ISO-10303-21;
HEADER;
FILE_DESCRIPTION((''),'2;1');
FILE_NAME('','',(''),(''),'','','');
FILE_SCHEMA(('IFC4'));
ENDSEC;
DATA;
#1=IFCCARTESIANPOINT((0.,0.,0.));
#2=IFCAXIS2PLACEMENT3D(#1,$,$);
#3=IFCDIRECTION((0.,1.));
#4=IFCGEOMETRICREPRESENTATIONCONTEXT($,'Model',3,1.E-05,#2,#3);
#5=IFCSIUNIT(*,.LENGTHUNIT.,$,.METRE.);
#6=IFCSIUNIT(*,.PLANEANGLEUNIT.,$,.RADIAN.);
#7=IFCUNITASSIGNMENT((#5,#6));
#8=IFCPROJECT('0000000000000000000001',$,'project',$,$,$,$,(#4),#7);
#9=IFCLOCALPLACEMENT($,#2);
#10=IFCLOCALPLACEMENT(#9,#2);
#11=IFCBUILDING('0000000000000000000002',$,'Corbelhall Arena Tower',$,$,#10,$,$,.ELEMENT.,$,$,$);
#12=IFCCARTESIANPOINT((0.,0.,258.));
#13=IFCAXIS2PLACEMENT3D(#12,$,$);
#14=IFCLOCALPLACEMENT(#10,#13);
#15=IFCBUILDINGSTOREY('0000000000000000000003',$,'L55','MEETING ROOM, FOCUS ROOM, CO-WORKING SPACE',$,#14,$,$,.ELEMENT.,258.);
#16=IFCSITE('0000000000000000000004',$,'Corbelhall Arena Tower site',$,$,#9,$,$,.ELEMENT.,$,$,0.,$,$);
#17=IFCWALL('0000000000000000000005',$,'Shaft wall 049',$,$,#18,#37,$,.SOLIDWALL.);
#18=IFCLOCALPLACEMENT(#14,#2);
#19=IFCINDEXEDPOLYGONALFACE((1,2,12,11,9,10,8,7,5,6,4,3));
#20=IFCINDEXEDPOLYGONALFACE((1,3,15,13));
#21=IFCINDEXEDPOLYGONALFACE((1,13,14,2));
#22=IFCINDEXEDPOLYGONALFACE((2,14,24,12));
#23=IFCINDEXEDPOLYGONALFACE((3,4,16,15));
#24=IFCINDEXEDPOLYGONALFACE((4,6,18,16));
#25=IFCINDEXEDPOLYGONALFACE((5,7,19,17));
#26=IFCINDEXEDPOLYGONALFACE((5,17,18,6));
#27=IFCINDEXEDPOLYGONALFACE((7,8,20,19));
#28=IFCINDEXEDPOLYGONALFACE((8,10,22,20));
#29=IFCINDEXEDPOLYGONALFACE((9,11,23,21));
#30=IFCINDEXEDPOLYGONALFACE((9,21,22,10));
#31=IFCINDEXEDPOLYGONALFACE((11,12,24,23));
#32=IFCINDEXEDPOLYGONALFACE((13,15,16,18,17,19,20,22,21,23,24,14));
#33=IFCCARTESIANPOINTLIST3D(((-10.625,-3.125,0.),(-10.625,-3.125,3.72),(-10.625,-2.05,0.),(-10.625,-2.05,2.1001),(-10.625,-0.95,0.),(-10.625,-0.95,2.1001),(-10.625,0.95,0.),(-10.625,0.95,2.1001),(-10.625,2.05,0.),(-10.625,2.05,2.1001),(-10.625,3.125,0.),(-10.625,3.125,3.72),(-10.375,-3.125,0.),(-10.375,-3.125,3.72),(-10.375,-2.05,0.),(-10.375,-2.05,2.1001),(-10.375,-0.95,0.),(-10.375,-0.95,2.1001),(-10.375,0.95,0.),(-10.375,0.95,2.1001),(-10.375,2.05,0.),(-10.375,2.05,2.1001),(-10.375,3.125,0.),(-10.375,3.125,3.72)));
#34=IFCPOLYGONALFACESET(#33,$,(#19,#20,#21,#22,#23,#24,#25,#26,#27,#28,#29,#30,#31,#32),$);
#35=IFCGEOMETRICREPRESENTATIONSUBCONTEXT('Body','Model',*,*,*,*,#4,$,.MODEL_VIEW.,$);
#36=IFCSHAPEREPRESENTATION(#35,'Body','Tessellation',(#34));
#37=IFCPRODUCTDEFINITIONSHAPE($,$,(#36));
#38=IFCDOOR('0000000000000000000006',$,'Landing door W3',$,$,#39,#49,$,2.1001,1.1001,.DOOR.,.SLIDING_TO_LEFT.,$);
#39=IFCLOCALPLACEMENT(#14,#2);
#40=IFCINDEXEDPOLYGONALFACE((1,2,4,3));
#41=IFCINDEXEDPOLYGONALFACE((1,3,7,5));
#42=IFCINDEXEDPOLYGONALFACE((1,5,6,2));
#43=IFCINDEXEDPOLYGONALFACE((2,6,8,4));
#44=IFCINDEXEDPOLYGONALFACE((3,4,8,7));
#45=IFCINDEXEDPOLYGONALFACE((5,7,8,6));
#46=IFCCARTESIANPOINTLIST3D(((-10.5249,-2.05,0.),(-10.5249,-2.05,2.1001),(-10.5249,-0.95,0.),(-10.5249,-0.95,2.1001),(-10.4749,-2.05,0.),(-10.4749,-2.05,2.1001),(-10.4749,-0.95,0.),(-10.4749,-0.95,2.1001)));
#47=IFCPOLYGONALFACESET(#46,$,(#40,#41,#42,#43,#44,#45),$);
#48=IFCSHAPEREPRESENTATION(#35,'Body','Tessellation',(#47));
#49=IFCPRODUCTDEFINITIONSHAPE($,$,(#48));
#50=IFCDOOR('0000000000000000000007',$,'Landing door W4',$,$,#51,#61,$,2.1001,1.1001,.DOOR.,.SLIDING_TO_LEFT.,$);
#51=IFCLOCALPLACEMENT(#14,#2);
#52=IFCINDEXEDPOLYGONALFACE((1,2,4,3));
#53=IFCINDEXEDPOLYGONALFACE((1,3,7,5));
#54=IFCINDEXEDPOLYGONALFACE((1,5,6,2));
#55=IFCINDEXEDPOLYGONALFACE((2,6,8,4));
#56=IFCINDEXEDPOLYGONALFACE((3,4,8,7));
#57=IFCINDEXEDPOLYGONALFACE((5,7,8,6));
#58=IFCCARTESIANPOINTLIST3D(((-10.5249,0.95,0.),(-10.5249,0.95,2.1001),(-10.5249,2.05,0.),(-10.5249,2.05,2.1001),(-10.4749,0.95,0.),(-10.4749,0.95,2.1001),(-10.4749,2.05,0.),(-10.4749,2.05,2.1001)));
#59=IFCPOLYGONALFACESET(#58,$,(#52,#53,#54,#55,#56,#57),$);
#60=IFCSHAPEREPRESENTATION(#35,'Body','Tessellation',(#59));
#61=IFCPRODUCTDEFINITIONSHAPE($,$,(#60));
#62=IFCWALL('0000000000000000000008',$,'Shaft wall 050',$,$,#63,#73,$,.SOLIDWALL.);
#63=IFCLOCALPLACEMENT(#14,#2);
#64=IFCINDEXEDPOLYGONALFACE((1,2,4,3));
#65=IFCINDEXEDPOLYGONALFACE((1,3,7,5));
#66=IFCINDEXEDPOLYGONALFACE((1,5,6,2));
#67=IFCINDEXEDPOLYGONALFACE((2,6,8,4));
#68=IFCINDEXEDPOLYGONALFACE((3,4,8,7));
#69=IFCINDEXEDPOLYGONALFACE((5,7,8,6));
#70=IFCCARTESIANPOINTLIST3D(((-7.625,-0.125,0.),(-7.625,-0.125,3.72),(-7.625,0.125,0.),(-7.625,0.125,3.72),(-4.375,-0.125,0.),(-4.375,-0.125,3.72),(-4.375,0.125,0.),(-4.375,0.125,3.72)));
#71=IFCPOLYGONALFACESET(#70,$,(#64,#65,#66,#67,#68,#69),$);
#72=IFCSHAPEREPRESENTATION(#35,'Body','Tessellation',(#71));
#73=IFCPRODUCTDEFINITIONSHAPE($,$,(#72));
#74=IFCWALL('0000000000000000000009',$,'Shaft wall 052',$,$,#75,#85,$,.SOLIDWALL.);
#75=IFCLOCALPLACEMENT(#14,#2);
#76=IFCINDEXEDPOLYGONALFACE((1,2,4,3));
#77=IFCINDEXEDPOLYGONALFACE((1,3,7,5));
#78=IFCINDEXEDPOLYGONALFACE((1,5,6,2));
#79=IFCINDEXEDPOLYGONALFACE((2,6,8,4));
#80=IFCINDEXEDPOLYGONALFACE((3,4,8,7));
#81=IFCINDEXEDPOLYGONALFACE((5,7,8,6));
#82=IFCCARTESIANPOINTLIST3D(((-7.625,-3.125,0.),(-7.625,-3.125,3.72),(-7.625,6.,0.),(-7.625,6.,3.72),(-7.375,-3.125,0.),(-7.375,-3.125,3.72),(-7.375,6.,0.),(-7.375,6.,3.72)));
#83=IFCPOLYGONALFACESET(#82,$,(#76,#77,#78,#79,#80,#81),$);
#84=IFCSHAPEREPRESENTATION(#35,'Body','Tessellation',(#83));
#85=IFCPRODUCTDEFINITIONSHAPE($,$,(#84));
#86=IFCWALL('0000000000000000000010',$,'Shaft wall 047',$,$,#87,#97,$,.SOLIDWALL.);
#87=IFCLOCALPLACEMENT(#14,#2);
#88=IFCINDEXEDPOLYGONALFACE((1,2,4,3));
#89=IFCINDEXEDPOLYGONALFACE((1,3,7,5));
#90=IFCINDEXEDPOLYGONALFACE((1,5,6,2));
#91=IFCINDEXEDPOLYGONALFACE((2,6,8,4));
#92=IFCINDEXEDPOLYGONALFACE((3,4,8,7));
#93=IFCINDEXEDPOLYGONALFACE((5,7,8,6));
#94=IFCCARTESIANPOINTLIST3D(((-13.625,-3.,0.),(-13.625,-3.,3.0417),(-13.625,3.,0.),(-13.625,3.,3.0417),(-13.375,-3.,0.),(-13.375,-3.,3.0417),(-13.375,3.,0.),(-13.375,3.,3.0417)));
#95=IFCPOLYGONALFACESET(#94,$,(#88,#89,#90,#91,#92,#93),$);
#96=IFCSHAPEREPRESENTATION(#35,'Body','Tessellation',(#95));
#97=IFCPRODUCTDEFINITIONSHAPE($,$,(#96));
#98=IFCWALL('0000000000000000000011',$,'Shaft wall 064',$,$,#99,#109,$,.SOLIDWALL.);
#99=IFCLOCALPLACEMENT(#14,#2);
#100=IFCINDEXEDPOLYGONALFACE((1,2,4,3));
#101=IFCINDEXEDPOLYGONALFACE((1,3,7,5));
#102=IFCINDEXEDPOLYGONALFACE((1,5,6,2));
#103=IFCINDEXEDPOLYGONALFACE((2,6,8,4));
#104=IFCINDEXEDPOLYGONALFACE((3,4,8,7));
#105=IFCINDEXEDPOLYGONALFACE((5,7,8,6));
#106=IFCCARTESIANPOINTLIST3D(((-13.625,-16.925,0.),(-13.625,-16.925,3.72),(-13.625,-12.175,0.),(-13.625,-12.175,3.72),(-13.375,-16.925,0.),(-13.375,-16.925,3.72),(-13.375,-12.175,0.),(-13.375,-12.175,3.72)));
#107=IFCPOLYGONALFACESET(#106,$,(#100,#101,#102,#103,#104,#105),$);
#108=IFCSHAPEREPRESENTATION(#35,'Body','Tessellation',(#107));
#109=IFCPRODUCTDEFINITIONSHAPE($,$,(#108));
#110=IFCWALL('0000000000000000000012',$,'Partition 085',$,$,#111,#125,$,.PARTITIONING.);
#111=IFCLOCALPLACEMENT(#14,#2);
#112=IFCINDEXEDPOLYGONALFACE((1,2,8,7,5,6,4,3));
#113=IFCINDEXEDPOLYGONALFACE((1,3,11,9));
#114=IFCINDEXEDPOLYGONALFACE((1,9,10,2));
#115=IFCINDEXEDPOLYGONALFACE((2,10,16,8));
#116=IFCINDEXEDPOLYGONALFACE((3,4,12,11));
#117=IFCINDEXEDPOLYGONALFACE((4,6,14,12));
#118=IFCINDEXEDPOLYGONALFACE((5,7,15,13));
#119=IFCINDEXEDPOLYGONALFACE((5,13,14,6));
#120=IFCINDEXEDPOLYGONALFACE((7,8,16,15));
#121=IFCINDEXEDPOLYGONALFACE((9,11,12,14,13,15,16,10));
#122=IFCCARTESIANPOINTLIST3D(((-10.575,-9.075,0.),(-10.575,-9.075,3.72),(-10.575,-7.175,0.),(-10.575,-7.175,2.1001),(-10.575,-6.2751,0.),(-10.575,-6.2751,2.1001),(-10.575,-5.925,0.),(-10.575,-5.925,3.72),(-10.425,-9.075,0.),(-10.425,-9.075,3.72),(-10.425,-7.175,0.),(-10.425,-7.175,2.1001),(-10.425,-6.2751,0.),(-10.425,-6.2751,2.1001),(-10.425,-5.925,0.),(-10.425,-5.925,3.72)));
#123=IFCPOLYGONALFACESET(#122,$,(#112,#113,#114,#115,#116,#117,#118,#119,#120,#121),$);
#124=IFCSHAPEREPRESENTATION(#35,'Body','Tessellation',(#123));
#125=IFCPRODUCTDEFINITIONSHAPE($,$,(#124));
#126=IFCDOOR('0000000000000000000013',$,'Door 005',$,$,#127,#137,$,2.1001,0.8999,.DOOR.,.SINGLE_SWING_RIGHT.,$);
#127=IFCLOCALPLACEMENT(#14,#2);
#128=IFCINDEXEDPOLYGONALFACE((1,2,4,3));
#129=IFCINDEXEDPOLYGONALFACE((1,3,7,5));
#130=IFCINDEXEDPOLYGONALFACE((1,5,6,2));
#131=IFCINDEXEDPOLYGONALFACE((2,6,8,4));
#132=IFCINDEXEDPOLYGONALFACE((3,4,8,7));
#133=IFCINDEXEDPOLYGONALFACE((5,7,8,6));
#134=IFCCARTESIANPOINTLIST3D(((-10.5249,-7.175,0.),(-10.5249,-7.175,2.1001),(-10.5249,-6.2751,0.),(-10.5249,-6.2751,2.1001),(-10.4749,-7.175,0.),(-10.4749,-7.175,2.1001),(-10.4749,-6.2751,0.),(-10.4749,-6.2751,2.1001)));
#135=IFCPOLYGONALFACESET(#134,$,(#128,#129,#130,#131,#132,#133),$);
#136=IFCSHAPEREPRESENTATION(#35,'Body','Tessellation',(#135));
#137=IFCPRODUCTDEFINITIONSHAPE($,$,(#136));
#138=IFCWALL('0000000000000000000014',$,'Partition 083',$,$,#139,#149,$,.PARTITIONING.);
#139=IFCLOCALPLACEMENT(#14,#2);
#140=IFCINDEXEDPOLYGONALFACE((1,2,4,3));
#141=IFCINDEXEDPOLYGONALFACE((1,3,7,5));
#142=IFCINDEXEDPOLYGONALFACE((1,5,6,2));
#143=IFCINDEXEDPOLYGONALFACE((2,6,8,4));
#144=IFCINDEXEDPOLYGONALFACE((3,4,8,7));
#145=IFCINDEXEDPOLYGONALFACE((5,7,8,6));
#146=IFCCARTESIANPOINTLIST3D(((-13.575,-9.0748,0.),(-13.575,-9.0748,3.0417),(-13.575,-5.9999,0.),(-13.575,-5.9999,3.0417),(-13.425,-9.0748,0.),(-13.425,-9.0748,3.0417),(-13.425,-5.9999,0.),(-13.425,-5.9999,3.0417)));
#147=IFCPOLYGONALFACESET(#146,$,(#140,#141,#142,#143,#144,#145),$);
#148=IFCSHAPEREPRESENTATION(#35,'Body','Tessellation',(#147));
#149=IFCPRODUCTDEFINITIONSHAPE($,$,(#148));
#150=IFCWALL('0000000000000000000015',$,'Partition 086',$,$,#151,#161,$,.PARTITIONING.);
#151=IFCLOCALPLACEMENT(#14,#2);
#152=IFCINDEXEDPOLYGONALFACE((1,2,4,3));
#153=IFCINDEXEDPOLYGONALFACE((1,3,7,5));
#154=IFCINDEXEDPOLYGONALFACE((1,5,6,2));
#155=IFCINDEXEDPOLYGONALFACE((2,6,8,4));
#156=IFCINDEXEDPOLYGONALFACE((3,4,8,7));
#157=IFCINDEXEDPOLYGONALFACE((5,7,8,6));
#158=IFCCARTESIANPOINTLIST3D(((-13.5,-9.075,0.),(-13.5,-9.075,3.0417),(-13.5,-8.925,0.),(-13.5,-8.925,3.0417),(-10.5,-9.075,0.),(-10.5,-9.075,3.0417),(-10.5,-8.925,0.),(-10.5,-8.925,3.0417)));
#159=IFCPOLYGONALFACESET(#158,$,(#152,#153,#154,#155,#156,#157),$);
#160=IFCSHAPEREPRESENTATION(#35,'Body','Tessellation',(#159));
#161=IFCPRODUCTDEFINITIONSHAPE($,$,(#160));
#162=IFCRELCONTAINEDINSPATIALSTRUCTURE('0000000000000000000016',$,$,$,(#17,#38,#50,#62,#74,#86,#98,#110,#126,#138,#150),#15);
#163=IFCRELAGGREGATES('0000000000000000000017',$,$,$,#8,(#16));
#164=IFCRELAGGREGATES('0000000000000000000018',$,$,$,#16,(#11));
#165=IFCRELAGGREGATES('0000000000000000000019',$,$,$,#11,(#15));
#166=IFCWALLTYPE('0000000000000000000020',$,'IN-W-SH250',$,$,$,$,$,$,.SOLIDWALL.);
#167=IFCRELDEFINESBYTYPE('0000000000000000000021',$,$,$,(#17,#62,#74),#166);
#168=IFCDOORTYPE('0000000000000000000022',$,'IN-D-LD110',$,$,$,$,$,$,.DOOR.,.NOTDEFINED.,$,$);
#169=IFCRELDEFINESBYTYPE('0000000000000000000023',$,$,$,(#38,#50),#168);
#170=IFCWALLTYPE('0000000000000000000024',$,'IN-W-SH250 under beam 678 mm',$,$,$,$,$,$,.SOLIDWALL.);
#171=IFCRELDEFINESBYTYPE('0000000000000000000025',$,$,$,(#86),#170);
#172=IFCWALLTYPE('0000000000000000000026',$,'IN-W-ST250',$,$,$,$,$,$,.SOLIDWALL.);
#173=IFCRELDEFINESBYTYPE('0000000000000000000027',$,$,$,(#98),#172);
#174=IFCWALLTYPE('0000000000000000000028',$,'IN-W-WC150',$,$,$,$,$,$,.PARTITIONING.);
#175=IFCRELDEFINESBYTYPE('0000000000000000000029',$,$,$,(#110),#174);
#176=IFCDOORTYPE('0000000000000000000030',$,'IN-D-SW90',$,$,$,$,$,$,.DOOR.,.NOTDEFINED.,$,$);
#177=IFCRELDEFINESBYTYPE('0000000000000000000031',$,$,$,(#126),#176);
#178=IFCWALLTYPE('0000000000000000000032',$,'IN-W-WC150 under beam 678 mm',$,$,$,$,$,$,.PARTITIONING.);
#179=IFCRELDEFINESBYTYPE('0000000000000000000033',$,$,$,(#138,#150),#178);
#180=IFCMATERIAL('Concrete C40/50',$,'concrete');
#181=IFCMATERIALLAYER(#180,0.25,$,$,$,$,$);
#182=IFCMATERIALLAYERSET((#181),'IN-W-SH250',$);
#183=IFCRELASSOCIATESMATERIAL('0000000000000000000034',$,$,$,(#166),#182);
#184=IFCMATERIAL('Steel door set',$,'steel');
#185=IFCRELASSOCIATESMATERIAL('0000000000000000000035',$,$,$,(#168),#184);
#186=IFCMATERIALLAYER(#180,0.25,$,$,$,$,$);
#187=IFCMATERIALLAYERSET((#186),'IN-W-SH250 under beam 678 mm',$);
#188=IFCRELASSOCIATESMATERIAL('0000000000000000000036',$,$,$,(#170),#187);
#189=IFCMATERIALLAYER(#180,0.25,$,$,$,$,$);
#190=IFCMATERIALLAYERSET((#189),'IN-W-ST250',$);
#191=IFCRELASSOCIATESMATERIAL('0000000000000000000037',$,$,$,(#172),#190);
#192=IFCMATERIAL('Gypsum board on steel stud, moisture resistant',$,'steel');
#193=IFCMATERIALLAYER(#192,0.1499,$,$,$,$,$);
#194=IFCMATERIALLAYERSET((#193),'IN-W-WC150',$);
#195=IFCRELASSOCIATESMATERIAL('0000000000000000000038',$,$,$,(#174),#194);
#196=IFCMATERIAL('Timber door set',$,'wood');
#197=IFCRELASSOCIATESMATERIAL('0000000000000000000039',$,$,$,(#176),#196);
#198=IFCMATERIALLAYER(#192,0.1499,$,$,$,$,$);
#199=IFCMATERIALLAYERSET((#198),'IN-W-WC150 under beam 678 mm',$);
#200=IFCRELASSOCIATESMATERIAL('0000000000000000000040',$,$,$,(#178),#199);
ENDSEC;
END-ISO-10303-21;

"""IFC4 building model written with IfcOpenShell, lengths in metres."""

from ifc_helpers import new_model, si_unit, direction, frame, frame_2d, origin, place, context, subcontext, project, spatial, rectangle, extrude, material, layer, layer_set, type_object, element, fill, save


model = new_model("IFC4")

# Units and contexts
model_context = context("Model", 3, precision=1e-05, world=origin(), true_north=direction((0.0, 1.0)))
body_context = subcontext(model_context, "Body", "Model", "MODEL_VIEW")
ifc_project = project(units=[si_unit("LENGTHUNIT", "METRE"), si_unit("PLANEANGLEUNIT", "RADIAN")], contexts=[model_context])

# Site, building, storey
site_placement = place(None, origin())
site = spatial("IfcSite", under=ifc_project, at=site_placement, Name="Corbelhall Arena Tower site", CompositionType="ELEMENT", RefElevation=0.0)
building_placement = place(site_placement, origin())
building = spatial("IfcBuilding", under=site, at=building_placement, Name="Corbelhall Arena Tower", CompositionType="ELEMENT")
storey_placement = place(building_placement, frame((0.0, 0.0, 258.0)))
storey = spatial("IfcBuildingStorey", under=building, at=storey_placement, Name="L55", Description="MEETING ROOM, FOCUS ROOM, CO-WORKING SPACE", CompositionType="ELEMENT", Elevation=258.0)

# Shared definitions
ifc_material_1 = material(Name="Steel door set", Category="steel")

# Wall, openings, doors
ifc_material_2 = material(Name="Concrete C40/50", Category="concrete")
ifc_layer_1 = layer(ifc_material_2, 0.25)
ifc_layer_set_1 = layer_set([ifc_layer_1], Name="IN-W-SH250")
wall_type_1 = type_object("IfcWallType", Name="IN-W-SH250", PredefinedType="SOLIDWALL", material=ifc_layer_set_1)
wall_1_placement = place(storey_placement, frame((-10.5, -3.125, 0.0), z_axis=(0.0, 0.0, 1.0), x_axis=(0.0, 1.0, 0.0)))
wall_1 = element("IfcWall", 1, at=wall_1_placement, inside=storey, type_object=wall_type_1, Name="Shaft wall 049", PredefinedType="SOLIDWALL", context=body_context, shape_type="SweptSolid", body=[
    extrude(rectangle(XDim=6.25, YDim=0.25, at=frame_2d((3.125, 0.0))), origin(), (0.0, 0.0, 1.0), 3.72),
])
opening_1_placement = place(wall_1_placement, frame((1.075, 0.0, 0.0)))
opening_1 = element("IfcOpeningElement", 2, at=opening_1_placement, cuts=wall_1, PredefinedType="OPENING", context=body_context, shape_type="SweptSolid", body=[
    extrude(rectangle(XDim=1.1001, YDim=2.1001, at=frame_2d((0.55, 1.05))), frame((0.0, 0.125, 0.0), z_axis=(0.0, -1.0, 0.0), x_axis=(1.0, 0.0, 0.0)), (0.0, 0.0, 1.0), 0.25),
])
opening_2_placement = place(wall_1_placement, frame((4.075, 0.0, 0.0)))
opening_2 = element("IfcOpeningElement", 3, at=opening_2_placement, cuts=wall_1, PredefinedType="OPENING", context=body_context, shape_type="SweptSolid", body=[
    extrude(rectangle(XDim=1.1001, YDim=2.1001, at=frame_2d((0.55, 1.05))), frame((0.0, 0.125, 0.0), z_axis=(0.0, -1.0, 0.0), x_axis=(1.0, 0.0, 0.0)), (0.0, 0.0, 1.0), 0.25),
])
door_type_1 = type_object("IfcDoorType", Name="IN-D-LD110", OperationType="NOTDEFINED", PredefinedType="DOOR", material=ifc_material_1)
door_1_placement = place(opening_1_placement, origin())
door_1 = element("IfcDoor", 4, at=door_1_placement, inside=storey, type_object=door_type_1, Name="Landing door W3", OperationType="SLIDING_TO_LEFT", OverallHeight=2.1001, OverallWidth=1.1001, PredefinedType="DOOR", context=body_context, shape_type="SweptSolid", body=[
    extrude(rectangle(XDim=1.1001, YDim=2.1001, at=frame_2d((0.55, 1.05))), frame((0.0, 0.0249, 0.0), z_axis=(0.0, -1.0, 0.0), x_axis=(1.0, 0.0, 0.0)), (0.0, 0.0, 1.0), 0.05),
])
fill(opening_1, door_1)
door_2_placement = place(opening_2_placement, origin())
door_2 = element("IfcDoor", 5, at=door_2_placement, inside=storey, type_object=door_type_1, Name="Landing door W4", OperationType="SLIDING_TO_LEFT", OverallHeight=2.1001, OverallWidth=1.1001, PredefinedType="DOOR", context=body_context, shape_type="SweptSolid", body=[
    extrude(rectangle(XDim=1.1001, YDim=2.1001, at=frame_2d((0.55, 1.05))), frame((0.0, 0.0249, 0.0), z_axis=(0.0, -1.0, 0.0), x_axis=(1.0, 0.0, 0.0)), (0.0, 0.0, 1.0), 0.05),
])
fill(opening_2, door_2)

# Walls
wall_2_placement = place(storey_placement, frame((-7.625, 0.0, 0.0), z_axis=(0.0, 0.0, 1.0), x_axis=(1.0, 0.0, 0.0)))
element("IfcWall", 6, at=wall_2_placement, inside=storey, type_object=wall_type_1, Name="Shaft wall 050", PredefinedType="SOLIDWALL", context=body_context, shape_type="SweptSolid", body=[
    extrude(rectangle(XDim=3.25, YDim=0.25, at=frame_2d((1.625, 0.0))), origin(), (0.0, 0.0, 1.0), 3.72),
])
wall_3_placement = place(storey_placement, frame((-7.5, -3.125, 0.0), z_axis=(0.0, 0.0, 1.0), x_axis=(0.0, 1.0, 0.0)))
element("IfcWall", 7, at=wall_3_placement, inside=storey, type_object=wall_type_1, Name="Shaft wall 052", PredefinedType="SOLIDWALL", context=body_context, shape_type="SweptSolid", body=[
    extrude(rectangle(XDim=9.125, YDim=0.25, at=frame_2d((4.5625, 0.0))), origin(), (0.0, 0.0, 1.0), 3.72),
])
ifc_layer_2 = layer(ifc_material_2, 0.25)
ifc_layer_set_2 = layer_set([ifc_layer_2], Name="IN-W-SH250 under beam 678 mm")
wall_type_2 = type_object("IfcWallType", Name="IN-W-SH250 under beam 678 mm", PredefinedType="SOLIDWALL", material=ifc_layer_set_2)
wall_4_placement = place(storey_placement, frame((-13.5, -3.0, 0.0), z_axis=(0.0, 0.0, 1.0), x_axis=(0.0, 1.0, 0.0)))
element("IfcWall", 8, at=wall_4_placement, inside=storey, type_object=wall_type_2, Name="Shaft wall 047", PredefinedType="SOLIDWALL", context=body_context, shape_type="SweptSolid", body=[
    extrude(rectangle(XDim=6.0, YDim=0.25, at=frame_2d((3.0, 0.0))), origin(), (0.0, 0.0, 1.0), 3.0417),
])
ifc_layer_3 = layer(ifc_material_2, 0.25)
ifc_layer_set_3 = layer_set([ifc_layer_3], Name="IN-W-ST250")
wall_type_3 = type_object("IfcWallType", Name="IN-W-ST250", PredefinedType="SOLIDWALL", material=ifc_layer_set_3)
wall_5_placement = place(storey_placement, frame((-13.5, -12.175, 0.0), z_axis=(0.0, 0.0, 1.0), x_axis=(0.0, -1.0, 0.0)))
element("IfcWall", 9, at=wall_5_placement, inside=storey, type_object=wall_type_3, Name="Shaft wall 064", PredefinedType="SOLIDWALL", context=body_context, shape_type="SweptSolid", body=[
    extrude(rectangle(XDim=4.75, YDim=0.25, at=frame_2d((2.375, 0.0))), origin(), (0.0, 0.0, 1.0), 3.72),
])

# Wall, opening, door
ifc_material_3 = material(Name="Gypsum board on steel stud, moisture resistant", Category="steel")
ifc_layer_4 = layer(ifc_material_3, 0.1499)
ifc_layer_set_4 = layer_set([ifc_layer_4], Name="IN-W-WC150")
wall_type_4 = type_object("IfcWallType", Name="IN-W-WC150", PredefinedType="PARTITIONING", material=ifc_layer_set_4)
wall_6_placement = place(storey_placement, frame((-10.5, -9.075, 0.0), z_axis=(0.0, 0.0, 1.0), x_axis=(0.0, 1.0, 0.0)))
wall_6 = element("IfcWall", 10, at=wall_6_placement, inside=storey, type_object=wall_type_4, Name="Partition 085", PredefinedType="PARTITIONING", context=body_context, shape_type="SweptSolid", body=[
    extrude(rectangle(XDim=3.1499, YDim=0.1499, at=frame_2d((1.575, 0.0))), origin(), (0.0, 0.0, 1.0), 3.72),
])
opening_3_placement = place(wall_6_placement, frame((1.8999, 0.0, 0.0)))
opening_3 = element("IfcOpeningElement", 11, at=opening_3_placement, cuts=wall_6, PredefinedType="OPENING", context=body_context, shape_type="SweptSolid", body=[
    extrude(rectangle(XDim=0.8999, YDim=2.1001, at=frame_2d((0.45, 1.05))), frame((0.0, 0.075, 0.0), z_axis=(0.0, -1.0, 0.0), x_axis=(1.0, 0.0, 0.0)), (0.0, 0.0, 1.0), 0.1499),
])
ifc_material_4 = material(Name="Timber door set", Category="wood")
door_type_2 = type_object("IfcDoorType", Name="IN-D-SW90", OperationType="NOTDEFINED", PredefinedType="DOOR", material=ifc_material_4)
door_3_placement = place(opening_3_placement, origin())
door_3 = element("IfcDoor", 12, at=door_3_placement, inside=storey, type_object=door_type_2, Name="Door 005", OperationType="SINGLE_SWING_RIGHT", OverallHeight=2.1001, OverallWidth=0.8999, PredefinedType="DOOR", context=body_context, shape_type="SweptSolid", body=[
    extrude(rectangle(XDim=0.8999, YDim=2.1001, at=frame_2d((0.45, 1.05))), frame((0.0, 0.0249, 0.0), z_axis=(0.0, -1.0, 0.0), x_axis=(1.0, 0.0, 0.0)), (0.0, 0.0, 1.0), 0.05),
])
fill(opening_3, door_3)

# Walls
ifc_layer_5 = layer(ifc_material_3, 0.1499)
ifc_layer_set_5 = layer_set([ifc_layer_5], Name="IN-W-WC150 under beam 678 mm")
wall_type_5 = type_object("IfcWallType", Name="IN-W-WC150 under beam 678 mm", PredefinedType="PARTITIONING", material=ifc_layer_set_5)
wall_7_placement = place(storey_placement, frame((-13.5, -9.075, 0.0), z_axis=(0.0, 0.0, 1.0), x_axis=(0.0, 1.0, 0.0)))
element("IfcWall", 13, at=wall_7_placement, inside=storey, type_object=wall_type_5, Name="Partition 083", PredefinedType="PARTITIONING", context=body_context, shape_type="SweptSolid", body=[
    extrude(rectangle(XDim=3.075, YDim=0.1499, at=frame_2d((1.5376, 0.0))), origin(), (0.0, 0.0, 1.0), 3.0417),
])
wall_8_placement = place(storey_placement, frame((-10.5, -9.0, 0.0), z_axis=(0.0, 0.0, 1.0), x_axis=(-1.0, 0.0, 0.0)))
element("IfcWall", 14, at=wall_8_placement, inside=storey, type_object=wall_type_5, Name="Partition 086", PredefinedType="PARTITIONING", context=body_context, shape_type="SweptSolid", body=[
    extrude(rectangle(XDim=3.0, YDim=0.1499, at=frame_2d((1.5, 0.0))), origin(), (0.0, 0.0, 1.0), 3.0417),
])

save(model, "model.ifc")
